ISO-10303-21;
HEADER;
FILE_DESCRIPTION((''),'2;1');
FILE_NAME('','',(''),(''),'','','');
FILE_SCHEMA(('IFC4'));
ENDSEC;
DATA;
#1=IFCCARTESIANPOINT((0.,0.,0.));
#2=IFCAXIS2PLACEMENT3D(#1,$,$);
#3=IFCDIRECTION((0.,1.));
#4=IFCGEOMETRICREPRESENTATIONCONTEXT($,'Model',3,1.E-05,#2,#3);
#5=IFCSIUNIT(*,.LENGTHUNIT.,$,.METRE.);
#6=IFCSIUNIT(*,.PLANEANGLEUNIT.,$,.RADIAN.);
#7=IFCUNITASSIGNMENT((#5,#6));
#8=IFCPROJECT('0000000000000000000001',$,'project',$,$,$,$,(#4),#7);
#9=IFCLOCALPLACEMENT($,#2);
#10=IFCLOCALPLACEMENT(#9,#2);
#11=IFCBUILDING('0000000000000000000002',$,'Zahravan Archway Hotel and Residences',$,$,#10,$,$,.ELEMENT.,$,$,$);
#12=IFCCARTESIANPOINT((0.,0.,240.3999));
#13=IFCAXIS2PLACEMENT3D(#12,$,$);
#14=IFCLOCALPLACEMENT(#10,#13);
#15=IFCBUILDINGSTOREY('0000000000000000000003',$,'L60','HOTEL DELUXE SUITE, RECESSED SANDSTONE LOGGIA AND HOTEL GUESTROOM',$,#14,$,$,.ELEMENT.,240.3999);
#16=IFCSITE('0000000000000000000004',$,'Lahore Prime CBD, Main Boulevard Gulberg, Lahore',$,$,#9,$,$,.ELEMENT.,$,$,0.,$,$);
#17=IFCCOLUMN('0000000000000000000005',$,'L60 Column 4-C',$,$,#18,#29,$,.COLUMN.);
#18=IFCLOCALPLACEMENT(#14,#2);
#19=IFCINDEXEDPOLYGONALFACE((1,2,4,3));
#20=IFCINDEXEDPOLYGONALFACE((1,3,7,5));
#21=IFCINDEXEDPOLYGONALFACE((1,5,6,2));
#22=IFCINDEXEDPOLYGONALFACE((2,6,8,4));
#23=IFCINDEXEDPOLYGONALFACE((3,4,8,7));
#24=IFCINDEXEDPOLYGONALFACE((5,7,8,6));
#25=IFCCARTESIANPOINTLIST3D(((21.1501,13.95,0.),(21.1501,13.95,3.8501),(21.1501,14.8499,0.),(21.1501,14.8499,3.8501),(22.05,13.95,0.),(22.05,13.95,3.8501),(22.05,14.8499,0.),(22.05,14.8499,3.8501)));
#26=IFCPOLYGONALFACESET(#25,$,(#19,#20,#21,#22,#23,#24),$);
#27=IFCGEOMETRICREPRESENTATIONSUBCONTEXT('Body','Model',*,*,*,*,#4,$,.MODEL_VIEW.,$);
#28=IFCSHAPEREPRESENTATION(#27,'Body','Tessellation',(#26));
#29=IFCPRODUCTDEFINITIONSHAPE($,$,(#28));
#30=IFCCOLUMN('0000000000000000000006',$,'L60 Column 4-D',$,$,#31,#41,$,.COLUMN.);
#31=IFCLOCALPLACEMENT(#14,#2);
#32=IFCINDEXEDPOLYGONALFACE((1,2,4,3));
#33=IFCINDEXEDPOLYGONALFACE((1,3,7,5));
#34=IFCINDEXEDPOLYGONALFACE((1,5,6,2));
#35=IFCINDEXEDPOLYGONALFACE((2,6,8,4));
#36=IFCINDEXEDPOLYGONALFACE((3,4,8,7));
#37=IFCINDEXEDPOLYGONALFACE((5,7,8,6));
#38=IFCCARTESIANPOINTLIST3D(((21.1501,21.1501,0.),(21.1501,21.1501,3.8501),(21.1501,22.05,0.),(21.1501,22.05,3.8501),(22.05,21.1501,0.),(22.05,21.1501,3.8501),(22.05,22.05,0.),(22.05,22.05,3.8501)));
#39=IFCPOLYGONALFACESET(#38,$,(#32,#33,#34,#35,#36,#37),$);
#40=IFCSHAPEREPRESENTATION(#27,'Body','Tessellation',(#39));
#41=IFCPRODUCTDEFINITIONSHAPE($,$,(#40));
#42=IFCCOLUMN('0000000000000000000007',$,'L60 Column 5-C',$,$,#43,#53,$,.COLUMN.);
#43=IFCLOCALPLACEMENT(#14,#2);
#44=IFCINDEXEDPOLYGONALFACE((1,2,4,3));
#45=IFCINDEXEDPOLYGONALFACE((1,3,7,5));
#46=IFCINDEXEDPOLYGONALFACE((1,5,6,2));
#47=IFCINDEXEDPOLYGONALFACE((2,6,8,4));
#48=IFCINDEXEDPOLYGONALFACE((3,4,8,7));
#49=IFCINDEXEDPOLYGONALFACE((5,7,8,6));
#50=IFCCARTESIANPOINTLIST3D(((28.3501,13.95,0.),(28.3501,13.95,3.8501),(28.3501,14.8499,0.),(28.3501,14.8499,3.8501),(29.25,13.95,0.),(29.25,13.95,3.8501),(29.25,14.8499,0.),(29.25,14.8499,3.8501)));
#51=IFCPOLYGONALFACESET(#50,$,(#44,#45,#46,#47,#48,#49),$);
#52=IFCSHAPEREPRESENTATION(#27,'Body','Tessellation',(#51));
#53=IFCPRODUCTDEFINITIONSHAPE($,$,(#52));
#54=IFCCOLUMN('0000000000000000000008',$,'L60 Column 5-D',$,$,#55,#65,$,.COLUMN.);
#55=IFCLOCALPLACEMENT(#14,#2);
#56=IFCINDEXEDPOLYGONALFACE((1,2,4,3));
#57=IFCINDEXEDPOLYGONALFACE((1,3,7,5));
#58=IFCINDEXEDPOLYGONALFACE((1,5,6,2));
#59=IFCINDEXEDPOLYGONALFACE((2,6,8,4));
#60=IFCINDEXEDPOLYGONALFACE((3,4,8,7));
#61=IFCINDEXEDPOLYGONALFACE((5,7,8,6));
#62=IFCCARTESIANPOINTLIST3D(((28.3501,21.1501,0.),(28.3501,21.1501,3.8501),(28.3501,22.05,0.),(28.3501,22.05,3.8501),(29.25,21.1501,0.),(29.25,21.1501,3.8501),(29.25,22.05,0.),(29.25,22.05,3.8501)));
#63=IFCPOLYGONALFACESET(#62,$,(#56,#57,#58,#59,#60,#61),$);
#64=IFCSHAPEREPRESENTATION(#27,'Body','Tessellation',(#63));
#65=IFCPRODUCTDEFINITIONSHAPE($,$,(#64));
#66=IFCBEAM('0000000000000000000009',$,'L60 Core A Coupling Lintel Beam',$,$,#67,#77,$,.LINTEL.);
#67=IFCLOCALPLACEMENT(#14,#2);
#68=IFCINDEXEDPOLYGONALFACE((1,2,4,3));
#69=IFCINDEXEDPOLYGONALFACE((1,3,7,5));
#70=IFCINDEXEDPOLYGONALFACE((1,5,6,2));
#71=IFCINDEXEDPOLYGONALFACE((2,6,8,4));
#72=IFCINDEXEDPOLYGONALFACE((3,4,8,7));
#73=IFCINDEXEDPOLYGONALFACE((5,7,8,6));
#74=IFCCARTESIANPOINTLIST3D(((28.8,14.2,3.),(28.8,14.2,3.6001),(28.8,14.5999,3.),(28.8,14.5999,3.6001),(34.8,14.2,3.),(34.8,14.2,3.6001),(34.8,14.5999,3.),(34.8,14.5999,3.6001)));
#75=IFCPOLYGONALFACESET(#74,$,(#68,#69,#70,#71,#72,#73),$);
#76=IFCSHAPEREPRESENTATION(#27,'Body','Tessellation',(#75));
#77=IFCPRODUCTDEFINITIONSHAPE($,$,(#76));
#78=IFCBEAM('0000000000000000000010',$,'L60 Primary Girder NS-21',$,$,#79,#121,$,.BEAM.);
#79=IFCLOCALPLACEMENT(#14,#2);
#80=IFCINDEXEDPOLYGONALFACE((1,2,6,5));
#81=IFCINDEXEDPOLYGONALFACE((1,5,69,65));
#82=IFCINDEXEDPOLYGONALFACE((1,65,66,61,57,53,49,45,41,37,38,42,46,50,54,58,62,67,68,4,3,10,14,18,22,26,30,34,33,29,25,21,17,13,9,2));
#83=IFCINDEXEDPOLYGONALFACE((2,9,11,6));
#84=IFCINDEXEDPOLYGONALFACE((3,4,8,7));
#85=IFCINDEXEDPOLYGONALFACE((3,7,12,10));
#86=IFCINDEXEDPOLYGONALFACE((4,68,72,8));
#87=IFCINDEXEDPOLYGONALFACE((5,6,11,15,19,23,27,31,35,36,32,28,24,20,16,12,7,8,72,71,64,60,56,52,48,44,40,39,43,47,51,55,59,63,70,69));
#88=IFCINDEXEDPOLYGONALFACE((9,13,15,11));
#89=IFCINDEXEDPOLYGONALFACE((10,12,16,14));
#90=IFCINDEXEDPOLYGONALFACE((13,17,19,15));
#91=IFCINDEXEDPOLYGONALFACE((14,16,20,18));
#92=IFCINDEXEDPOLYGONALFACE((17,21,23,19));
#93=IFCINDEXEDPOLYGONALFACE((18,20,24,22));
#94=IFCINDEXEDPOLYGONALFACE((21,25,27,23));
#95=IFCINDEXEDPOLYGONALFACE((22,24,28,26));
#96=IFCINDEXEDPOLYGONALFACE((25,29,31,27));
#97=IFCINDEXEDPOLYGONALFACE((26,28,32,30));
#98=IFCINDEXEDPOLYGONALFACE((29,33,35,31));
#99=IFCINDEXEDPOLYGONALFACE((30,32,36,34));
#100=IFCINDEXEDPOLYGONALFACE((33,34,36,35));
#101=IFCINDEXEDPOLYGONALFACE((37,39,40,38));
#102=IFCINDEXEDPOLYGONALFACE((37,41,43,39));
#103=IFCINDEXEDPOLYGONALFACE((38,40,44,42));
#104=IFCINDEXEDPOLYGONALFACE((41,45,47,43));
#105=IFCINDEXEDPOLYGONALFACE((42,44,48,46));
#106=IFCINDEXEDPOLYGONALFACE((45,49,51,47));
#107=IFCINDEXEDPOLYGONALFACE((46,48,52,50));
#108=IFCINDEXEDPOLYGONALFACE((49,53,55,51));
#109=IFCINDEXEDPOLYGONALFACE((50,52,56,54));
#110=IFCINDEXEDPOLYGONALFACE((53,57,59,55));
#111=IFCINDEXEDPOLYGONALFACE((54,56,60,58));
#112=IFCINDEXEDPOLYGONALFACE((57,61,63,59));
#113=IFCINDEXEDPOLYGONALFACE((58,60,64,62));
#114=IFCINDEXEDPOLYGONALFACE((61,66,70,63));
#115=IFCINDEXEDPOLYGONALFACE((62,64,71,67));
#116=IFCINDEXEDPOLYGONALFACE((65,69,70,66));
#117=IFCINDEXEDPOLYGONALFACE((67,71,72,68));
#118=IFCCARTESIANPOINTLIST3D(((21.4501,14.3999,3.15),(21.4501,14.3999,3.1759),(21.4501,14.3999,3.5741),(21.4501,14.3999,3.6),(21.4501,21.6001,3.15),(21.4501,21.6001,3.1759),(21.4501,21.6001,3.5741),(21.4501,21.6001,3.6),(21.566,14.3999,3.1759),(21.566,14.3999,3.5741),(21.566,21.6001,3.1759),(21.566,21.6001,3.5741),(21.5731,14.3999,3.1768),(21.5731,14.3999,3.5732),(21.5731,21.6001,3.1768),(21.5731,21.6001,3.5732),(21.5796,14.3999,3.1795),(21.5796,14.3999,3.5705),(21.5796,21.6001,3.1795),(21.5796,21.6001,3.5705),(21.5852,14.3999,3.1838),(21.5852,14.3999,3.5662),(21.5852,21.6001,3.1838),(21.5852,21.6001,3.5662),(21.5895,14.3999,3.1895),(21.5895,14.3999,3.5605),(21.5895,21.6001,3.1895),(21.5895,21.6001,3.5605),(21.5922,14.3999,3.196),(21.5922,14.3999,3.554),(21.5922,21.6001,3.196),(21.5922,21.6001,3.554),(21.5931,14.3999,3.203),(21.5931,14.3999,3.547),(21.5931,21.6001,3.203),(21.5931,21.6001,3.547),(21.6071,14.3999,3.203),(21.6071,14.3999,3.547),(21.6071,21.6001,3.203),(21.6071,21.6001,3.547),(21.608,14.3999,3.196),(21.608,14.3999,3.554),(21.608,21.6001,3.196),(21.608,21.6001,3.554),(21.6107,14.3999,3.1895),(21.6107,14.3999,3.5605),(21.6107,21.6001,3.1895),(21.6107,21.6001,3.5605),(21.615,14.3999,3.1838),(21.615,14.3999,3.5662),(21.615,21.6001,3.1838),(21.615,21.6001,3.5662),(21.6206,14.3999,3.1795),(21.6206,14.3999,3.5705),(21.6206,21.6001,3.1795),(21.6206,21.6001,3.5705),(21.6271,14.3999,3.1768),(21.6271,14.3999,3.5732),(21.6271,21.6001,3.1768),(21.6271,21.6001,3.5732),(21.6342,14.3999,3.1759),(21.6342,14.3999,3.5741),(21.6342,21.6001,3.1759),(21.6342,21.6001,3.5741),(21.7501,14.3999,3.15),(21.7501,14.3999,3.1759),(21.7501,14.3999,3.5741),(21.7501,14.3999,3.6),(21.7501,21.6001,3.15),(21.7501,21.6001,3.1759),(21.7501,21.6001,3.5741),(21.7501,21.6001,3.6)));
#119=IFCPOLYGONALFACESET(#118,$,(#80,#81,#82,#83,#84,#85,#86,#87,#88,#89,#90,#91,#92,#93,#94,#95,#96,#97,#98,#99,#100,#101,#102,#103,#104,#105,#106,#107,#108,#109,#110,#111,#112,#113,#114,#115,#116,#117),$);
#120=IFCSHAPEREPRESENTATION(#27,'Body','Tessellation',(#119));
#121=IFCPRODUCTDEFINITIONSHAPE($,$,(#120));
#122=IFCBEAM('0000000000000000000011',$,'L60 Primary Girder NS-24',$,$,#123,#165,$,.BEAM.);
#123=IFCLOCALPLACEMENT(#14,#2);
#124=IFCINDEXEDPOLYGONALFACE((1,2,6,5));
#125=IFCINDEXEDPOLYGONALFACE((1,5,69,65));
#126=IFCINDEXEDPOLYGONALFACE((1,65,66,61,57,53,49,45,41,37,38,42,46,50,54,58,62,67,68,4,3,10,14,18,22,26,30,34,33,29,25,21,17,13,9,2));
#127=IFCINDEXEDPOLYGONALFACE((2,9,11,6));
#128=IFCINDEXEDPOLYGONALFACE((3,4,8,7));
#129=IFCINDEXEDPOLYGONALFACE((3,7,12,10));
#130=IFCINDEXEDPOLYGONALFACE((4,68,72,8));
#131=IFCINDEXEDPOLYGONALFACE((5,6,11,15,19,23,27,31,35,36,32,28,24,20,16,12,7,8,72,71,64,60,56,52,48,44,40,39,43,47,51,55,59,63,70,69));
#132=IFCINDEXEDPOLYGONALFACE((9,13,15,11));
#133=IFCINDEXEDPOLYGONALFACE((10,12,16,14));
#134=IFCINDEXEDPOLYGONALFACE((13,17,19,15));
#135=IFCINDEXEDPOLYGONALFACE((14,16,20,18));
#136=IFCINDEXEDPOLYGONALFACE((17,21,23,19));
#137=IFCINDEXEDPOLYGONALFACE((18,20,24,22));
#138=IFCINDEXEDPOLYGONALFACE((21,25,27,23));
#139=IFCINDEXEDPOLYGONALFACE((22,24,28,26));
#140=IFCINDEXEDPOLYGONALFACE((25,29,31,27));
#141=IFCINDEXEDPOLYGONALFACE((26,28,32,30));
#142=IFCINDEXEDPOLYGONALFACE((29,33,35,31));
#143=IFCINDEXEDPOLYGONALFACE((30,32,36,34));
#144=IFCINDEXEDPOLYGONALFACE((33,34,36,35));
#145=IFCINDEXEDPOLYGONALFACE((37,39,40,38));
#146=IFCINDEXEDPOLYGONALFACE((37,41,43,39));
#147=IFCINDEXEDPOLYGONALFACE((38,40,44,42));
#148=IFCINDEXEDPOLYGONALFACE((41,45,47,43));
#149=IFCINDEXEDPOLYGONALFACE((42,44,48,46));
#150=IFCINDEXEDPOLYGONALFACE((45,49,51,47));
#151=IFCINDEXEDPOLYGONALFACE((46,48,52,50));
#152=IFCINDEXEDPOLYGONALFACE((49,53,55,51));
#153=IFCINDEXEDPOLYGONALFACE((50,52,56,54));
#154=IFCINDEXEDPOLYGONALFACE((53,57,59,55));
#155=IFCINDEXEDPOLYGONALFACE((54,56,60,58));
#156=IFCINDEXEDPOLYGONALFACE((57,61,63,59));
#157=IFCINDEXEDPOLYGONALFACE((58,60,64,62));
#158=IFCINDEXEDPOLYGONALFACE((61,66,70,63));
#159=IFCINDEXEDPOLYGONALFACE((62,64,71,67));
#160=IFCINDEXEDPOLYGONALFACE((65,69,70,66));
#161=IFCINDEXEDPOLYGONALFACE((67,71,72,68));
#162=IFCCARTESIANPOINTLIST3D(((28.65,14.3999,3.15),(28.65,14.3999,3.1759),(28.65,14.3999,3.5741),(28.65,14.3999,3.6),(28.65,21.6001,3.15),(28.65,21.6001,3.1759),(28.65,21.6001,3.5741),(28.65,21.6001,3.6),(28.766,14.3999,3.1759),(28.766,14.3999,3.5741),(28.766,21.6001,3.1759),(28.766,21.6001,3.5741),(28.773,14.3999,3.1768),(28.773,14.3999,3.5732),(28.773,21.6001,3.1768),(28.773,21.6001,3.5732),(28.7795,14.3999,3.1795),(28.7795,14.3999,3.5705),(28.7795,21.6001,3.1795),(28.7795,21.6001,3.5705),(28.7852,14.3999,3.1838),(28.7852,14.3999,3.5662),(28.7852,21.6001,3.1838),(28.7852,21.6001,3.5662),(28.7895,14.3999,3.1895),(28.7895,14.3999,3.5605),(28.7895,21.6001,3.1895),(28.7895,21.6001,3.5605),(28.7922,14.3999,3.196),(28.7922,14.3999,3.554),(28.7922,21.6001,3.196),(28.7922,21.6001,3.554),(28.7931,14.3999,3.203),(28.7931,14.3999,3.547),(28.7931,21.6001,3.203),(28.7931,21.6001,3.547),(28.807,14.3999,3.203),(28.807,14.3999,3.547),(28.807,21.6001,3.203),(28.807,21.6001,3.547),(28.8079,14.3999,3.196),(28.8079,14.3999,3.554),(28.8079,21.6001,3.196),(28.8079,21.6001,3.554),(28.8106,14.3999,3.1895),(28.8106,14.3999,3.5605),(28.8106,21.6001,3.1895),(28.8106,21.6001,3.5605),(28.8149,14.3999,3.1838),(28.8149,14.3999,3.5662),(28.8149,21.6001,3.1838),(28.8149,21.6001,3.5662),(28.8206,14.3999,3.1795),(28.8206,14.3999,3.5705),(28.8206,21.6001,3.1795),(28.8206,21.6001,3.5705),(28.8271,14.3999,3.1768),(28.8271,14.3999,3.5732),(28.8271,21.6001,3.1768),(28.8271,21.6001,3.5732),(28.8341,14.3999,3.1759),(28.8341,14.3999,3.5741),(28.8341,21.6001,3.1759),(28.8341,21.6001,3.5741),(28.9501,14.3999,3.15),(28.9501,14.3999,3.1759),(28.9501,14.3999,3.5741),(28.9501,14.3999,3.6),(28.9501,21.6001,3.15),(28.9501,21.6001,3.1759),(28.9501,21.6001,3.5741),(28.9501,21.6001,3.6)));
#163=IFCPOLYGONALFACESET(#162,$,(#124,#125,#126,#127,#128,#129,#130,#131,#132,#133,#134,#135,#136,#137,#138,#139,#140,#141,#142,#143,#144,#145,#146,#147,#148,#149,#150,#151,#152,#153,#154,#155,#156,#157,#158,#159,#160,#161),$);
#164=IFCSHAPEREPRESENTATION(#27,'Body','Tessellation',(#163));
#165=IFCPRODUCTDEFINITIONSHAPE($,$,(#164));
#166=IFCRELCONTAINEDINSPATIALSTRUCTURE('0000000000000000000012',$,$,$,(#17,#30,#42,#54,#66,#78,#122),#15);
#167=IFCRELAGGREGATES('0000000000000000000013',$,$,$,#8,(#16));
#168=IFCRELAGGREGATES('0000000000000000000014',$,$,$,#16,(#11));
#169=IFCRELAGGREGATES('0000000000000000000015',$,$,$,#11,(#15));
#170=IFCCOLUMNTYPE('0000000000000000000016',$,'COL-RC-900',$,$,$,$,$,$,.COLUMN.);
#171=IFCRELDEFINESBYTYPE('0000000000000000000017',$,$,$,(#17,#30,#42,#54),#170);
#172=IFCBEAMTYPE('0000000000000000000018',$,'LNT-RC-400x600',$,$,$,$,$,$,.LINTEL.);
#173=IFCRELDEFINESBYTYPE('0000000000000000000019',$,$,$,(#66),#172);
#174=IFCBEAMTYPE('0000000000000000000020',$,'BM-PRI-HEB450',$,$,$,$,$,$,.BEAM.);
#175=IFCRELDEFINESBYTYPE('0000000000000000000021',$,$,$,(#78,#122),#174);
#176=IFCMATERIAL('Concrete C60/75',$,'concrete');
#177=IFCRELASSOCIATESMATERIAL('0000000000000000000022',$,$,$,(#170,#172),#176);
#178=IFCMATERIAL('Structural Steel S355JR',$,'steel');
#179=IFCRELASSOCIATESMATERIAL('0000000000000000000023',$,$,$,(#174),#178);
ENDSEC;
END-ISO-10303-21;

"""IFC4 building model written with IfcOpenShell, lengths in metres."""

from ifc_helpers import new_model, si_unit, direction, frame, origin, origin_2d, place, context, subcontext, project, spatial, rectangle, i_section, extrude, source, transform, mapped, material, material_profile, profile_set, type_object, type_shapes, element, save


model = new_model("IFC4")

# Units and contexts
model_context = context("Model", 3, precision=1e-05, world=origin(), true_north=direction((0.0, 1.0)))
body_context = subcontext(model_context, "Body", "Model", "MODEL_VIEW")
ifc_project = project(units=[si_unit("LENGTHUNIT", "METRE"), si_unit("PLANEANGLEUNIT", "RADIAN")], contexts=[model_context])

# Site, building, storey
site_placement = place(None, origin())
site = spatial("IfcSite", under=ifc_project, at=site_placement, Name="Lahore Prime CBD, Main Boulevard Gulberg, Lahore", CompositionType="ELEMENT", RefElevation=0.0)
building_placement = place(site_placement, origin())
building = spatial("IfcBuilding", under=site, at=building_placement, Name="Zahravan Archway Hotel and Residences", CompositionType="ELEMENT")
storey_placement = place(building_placement, frame((0.0, 0.0, 240.3999)))
storey = spatial("IfcBuildingStorey", under=building, at=storey_placement, Name="L60", Description="HOTEL DELUXE SUITE, RECESSED SANDSTONE LOGGIA AND HOTEL GUESTROOM", CompositionType="ELEMENT", Elevation=240.3999)

# Columns
ifc_material_1 = material(Name="Concrete C60/75", Category="concrete")
ifc_material_profile_1 = material_profile(ifc_material_1, rectangle(XDim=0.8999, YDim=0.8999, at=origin_2d()), Name="RC-COL-900x900", Category="concrete")
ifc_profile_set_1 = profile_set([ifc_material_profile_1], Name="Concrete C60/75")
column_type = type_object("IfcColumnType", Name="COL-RC-900", PredefinedType="COLUMN", material=ifc_profile_set_1)
shared_shape_1 = source(origin(), body_context, "Body", "SweptSolid", [
    extrude(rectangle(XDim=0.8999, YDim=0.8999, at=origin_2d()), origin(), (0.0, 0.0, 1.0), 3.8501),
])
type_shapes(column_type, [shared_shape_1])
for number, where, z_axis, x_axis, name in (
    (1, (21.6001, 14.3999, 0.0), (0.0, 0.0, 1.0), (1.0, 0.0, 0.0), "L60 Column 4-C"),
    (2, (21.6001, 21.6001, 0.0), (0.0, 0.0, 1.0), (1.0, 0.0, 0.0), "L60 Column 4-D"),
    (3, (28.8, 14.3999, 0.0), (0.0, 0.0, 1.0), (1.0, 0.0, 0.0), "L60 Column 5-C"),
    (4, (28.8, 21.6001, 0.0), (0.0, 0.0, 1.0), (1.0, 0.0, 0.0), "L60 Column 5-D"),
):
    element("IfcColumn", number, at=place(storey_placement, frame(where, z_axis=z_axis, x_axis=x_axis)), inside=storey, type_object=column_type, Name=name, PredefinedType="COLUMN", context=body_context, shape_type="MappedRepresentation", body=[
        mapped(shared_shape_1, transform((0.0, 0.0, 0.0), scale=1.0)),
    ])

# Beams
ifc_material_profile_2 = material_profile(ifc_material_1, rectangle(XDim=0.3999, YDim=0.6001, at=origin_2d()), Name="RC-LNT-400x600", Category="concrete")
ifc_profile_set_2 = profile_set([ifc_material_profile_2], Name="Concrete C60/75")
beam_type_1 = type_object("IfcBeamType", Name="LNT-RC-400x600", PredefinedType="LINTEL", material=ifc_profile_set_2)
shared_shape_2 = source(origin(), body_context, "Body", "SweptSolid", [
    extrude(rectangle(XDim=0.3999, YDim=0.6001, at=origin_2d()), origin(), (0.0, 0.0, 1.0), 6.0),
])
type_shapes(beam_type_1, [shared_shape_2])
beam_1_placement = place(storey_placement, frame((28.8, 14.3999, 3.3), z_axis=(1.0, 0.0, 0.0), x_axis=(0.0, 1.0, 0.0)))
element("IfcBeam", 5, at=beam_1_placement, inside=storey, type_object=beam_type_1, Name="L60 Core A Coupling Lintel Beam", PredefinedType="LINTEL", context=body_context, shape_type="MappedRepresentation", body=[
    mapped(shared_shape_2, transform((0.0, 0.0, 0.0), scale=1.0)),
])
ifc_material_2 = material(Name="Structural Steel S355JR", Category="steel")
ifc_material_profile_3 = material_profile(ifc_material_2, i_section(OverallWidth=0.3, OverallDepth=0.45, WebThickness=0.0139, FlangeThickness=0.0259, FilletRadius=0.0271, at=origin_2d()), Name="HEB 450", Category="steel")
ifc_profile_set_3 = profile_set([ifc_material_profile_3], Name="Structural Steel S355JR")
beam_type_2 = type_object("IfcBeamType", Name="BM-PRI-HEB450", PredefinedType="BEAM", material=ifc_profile_set_3)
shared_shape_3 = source(origin(), body_context, "Body", "SweptSolid", [
    extrude(i_section(OverallWidth=0.3, OverallDepth=0.45, WebThickness=0.0139, FlangeThickness=0.0259, FilletRadius=0.0271, at=origin_2d()), origin(), (0.0, 0.0, 1.0), 7.2002),
])
type_shapes(beam_type_2, [shared_shape_3])
for number, where, z_axis, x_axis, name in (
    (6, (21.6001, 14.3999, 3.375), (0.0, 1.0, 0.0), (-1.0, 0.0, 0.0), "L60 Primary Girder NS-21"),
    (7, (28.8, 14.3999, 3.375), (0.0, 1.0, 0.0), (-1.0, 0.0, 0.0), "L60 Primary Girder NS-24"),
):
    element("IfcBeam", number, at=place(storey_placement, frame(where, z_axis=z_axis, x_axis=x_axis)), inside=storey, type_object=beam_type_2, Name=name, PredefinedType="BEAM", context=body_context, shape_type="MappedRepresentation", body=[
        mapped(shared_shape_3, transform((0.0, 0.0, 0.0), scale=1.0)),
    ])

save(model, "model.ifc")
